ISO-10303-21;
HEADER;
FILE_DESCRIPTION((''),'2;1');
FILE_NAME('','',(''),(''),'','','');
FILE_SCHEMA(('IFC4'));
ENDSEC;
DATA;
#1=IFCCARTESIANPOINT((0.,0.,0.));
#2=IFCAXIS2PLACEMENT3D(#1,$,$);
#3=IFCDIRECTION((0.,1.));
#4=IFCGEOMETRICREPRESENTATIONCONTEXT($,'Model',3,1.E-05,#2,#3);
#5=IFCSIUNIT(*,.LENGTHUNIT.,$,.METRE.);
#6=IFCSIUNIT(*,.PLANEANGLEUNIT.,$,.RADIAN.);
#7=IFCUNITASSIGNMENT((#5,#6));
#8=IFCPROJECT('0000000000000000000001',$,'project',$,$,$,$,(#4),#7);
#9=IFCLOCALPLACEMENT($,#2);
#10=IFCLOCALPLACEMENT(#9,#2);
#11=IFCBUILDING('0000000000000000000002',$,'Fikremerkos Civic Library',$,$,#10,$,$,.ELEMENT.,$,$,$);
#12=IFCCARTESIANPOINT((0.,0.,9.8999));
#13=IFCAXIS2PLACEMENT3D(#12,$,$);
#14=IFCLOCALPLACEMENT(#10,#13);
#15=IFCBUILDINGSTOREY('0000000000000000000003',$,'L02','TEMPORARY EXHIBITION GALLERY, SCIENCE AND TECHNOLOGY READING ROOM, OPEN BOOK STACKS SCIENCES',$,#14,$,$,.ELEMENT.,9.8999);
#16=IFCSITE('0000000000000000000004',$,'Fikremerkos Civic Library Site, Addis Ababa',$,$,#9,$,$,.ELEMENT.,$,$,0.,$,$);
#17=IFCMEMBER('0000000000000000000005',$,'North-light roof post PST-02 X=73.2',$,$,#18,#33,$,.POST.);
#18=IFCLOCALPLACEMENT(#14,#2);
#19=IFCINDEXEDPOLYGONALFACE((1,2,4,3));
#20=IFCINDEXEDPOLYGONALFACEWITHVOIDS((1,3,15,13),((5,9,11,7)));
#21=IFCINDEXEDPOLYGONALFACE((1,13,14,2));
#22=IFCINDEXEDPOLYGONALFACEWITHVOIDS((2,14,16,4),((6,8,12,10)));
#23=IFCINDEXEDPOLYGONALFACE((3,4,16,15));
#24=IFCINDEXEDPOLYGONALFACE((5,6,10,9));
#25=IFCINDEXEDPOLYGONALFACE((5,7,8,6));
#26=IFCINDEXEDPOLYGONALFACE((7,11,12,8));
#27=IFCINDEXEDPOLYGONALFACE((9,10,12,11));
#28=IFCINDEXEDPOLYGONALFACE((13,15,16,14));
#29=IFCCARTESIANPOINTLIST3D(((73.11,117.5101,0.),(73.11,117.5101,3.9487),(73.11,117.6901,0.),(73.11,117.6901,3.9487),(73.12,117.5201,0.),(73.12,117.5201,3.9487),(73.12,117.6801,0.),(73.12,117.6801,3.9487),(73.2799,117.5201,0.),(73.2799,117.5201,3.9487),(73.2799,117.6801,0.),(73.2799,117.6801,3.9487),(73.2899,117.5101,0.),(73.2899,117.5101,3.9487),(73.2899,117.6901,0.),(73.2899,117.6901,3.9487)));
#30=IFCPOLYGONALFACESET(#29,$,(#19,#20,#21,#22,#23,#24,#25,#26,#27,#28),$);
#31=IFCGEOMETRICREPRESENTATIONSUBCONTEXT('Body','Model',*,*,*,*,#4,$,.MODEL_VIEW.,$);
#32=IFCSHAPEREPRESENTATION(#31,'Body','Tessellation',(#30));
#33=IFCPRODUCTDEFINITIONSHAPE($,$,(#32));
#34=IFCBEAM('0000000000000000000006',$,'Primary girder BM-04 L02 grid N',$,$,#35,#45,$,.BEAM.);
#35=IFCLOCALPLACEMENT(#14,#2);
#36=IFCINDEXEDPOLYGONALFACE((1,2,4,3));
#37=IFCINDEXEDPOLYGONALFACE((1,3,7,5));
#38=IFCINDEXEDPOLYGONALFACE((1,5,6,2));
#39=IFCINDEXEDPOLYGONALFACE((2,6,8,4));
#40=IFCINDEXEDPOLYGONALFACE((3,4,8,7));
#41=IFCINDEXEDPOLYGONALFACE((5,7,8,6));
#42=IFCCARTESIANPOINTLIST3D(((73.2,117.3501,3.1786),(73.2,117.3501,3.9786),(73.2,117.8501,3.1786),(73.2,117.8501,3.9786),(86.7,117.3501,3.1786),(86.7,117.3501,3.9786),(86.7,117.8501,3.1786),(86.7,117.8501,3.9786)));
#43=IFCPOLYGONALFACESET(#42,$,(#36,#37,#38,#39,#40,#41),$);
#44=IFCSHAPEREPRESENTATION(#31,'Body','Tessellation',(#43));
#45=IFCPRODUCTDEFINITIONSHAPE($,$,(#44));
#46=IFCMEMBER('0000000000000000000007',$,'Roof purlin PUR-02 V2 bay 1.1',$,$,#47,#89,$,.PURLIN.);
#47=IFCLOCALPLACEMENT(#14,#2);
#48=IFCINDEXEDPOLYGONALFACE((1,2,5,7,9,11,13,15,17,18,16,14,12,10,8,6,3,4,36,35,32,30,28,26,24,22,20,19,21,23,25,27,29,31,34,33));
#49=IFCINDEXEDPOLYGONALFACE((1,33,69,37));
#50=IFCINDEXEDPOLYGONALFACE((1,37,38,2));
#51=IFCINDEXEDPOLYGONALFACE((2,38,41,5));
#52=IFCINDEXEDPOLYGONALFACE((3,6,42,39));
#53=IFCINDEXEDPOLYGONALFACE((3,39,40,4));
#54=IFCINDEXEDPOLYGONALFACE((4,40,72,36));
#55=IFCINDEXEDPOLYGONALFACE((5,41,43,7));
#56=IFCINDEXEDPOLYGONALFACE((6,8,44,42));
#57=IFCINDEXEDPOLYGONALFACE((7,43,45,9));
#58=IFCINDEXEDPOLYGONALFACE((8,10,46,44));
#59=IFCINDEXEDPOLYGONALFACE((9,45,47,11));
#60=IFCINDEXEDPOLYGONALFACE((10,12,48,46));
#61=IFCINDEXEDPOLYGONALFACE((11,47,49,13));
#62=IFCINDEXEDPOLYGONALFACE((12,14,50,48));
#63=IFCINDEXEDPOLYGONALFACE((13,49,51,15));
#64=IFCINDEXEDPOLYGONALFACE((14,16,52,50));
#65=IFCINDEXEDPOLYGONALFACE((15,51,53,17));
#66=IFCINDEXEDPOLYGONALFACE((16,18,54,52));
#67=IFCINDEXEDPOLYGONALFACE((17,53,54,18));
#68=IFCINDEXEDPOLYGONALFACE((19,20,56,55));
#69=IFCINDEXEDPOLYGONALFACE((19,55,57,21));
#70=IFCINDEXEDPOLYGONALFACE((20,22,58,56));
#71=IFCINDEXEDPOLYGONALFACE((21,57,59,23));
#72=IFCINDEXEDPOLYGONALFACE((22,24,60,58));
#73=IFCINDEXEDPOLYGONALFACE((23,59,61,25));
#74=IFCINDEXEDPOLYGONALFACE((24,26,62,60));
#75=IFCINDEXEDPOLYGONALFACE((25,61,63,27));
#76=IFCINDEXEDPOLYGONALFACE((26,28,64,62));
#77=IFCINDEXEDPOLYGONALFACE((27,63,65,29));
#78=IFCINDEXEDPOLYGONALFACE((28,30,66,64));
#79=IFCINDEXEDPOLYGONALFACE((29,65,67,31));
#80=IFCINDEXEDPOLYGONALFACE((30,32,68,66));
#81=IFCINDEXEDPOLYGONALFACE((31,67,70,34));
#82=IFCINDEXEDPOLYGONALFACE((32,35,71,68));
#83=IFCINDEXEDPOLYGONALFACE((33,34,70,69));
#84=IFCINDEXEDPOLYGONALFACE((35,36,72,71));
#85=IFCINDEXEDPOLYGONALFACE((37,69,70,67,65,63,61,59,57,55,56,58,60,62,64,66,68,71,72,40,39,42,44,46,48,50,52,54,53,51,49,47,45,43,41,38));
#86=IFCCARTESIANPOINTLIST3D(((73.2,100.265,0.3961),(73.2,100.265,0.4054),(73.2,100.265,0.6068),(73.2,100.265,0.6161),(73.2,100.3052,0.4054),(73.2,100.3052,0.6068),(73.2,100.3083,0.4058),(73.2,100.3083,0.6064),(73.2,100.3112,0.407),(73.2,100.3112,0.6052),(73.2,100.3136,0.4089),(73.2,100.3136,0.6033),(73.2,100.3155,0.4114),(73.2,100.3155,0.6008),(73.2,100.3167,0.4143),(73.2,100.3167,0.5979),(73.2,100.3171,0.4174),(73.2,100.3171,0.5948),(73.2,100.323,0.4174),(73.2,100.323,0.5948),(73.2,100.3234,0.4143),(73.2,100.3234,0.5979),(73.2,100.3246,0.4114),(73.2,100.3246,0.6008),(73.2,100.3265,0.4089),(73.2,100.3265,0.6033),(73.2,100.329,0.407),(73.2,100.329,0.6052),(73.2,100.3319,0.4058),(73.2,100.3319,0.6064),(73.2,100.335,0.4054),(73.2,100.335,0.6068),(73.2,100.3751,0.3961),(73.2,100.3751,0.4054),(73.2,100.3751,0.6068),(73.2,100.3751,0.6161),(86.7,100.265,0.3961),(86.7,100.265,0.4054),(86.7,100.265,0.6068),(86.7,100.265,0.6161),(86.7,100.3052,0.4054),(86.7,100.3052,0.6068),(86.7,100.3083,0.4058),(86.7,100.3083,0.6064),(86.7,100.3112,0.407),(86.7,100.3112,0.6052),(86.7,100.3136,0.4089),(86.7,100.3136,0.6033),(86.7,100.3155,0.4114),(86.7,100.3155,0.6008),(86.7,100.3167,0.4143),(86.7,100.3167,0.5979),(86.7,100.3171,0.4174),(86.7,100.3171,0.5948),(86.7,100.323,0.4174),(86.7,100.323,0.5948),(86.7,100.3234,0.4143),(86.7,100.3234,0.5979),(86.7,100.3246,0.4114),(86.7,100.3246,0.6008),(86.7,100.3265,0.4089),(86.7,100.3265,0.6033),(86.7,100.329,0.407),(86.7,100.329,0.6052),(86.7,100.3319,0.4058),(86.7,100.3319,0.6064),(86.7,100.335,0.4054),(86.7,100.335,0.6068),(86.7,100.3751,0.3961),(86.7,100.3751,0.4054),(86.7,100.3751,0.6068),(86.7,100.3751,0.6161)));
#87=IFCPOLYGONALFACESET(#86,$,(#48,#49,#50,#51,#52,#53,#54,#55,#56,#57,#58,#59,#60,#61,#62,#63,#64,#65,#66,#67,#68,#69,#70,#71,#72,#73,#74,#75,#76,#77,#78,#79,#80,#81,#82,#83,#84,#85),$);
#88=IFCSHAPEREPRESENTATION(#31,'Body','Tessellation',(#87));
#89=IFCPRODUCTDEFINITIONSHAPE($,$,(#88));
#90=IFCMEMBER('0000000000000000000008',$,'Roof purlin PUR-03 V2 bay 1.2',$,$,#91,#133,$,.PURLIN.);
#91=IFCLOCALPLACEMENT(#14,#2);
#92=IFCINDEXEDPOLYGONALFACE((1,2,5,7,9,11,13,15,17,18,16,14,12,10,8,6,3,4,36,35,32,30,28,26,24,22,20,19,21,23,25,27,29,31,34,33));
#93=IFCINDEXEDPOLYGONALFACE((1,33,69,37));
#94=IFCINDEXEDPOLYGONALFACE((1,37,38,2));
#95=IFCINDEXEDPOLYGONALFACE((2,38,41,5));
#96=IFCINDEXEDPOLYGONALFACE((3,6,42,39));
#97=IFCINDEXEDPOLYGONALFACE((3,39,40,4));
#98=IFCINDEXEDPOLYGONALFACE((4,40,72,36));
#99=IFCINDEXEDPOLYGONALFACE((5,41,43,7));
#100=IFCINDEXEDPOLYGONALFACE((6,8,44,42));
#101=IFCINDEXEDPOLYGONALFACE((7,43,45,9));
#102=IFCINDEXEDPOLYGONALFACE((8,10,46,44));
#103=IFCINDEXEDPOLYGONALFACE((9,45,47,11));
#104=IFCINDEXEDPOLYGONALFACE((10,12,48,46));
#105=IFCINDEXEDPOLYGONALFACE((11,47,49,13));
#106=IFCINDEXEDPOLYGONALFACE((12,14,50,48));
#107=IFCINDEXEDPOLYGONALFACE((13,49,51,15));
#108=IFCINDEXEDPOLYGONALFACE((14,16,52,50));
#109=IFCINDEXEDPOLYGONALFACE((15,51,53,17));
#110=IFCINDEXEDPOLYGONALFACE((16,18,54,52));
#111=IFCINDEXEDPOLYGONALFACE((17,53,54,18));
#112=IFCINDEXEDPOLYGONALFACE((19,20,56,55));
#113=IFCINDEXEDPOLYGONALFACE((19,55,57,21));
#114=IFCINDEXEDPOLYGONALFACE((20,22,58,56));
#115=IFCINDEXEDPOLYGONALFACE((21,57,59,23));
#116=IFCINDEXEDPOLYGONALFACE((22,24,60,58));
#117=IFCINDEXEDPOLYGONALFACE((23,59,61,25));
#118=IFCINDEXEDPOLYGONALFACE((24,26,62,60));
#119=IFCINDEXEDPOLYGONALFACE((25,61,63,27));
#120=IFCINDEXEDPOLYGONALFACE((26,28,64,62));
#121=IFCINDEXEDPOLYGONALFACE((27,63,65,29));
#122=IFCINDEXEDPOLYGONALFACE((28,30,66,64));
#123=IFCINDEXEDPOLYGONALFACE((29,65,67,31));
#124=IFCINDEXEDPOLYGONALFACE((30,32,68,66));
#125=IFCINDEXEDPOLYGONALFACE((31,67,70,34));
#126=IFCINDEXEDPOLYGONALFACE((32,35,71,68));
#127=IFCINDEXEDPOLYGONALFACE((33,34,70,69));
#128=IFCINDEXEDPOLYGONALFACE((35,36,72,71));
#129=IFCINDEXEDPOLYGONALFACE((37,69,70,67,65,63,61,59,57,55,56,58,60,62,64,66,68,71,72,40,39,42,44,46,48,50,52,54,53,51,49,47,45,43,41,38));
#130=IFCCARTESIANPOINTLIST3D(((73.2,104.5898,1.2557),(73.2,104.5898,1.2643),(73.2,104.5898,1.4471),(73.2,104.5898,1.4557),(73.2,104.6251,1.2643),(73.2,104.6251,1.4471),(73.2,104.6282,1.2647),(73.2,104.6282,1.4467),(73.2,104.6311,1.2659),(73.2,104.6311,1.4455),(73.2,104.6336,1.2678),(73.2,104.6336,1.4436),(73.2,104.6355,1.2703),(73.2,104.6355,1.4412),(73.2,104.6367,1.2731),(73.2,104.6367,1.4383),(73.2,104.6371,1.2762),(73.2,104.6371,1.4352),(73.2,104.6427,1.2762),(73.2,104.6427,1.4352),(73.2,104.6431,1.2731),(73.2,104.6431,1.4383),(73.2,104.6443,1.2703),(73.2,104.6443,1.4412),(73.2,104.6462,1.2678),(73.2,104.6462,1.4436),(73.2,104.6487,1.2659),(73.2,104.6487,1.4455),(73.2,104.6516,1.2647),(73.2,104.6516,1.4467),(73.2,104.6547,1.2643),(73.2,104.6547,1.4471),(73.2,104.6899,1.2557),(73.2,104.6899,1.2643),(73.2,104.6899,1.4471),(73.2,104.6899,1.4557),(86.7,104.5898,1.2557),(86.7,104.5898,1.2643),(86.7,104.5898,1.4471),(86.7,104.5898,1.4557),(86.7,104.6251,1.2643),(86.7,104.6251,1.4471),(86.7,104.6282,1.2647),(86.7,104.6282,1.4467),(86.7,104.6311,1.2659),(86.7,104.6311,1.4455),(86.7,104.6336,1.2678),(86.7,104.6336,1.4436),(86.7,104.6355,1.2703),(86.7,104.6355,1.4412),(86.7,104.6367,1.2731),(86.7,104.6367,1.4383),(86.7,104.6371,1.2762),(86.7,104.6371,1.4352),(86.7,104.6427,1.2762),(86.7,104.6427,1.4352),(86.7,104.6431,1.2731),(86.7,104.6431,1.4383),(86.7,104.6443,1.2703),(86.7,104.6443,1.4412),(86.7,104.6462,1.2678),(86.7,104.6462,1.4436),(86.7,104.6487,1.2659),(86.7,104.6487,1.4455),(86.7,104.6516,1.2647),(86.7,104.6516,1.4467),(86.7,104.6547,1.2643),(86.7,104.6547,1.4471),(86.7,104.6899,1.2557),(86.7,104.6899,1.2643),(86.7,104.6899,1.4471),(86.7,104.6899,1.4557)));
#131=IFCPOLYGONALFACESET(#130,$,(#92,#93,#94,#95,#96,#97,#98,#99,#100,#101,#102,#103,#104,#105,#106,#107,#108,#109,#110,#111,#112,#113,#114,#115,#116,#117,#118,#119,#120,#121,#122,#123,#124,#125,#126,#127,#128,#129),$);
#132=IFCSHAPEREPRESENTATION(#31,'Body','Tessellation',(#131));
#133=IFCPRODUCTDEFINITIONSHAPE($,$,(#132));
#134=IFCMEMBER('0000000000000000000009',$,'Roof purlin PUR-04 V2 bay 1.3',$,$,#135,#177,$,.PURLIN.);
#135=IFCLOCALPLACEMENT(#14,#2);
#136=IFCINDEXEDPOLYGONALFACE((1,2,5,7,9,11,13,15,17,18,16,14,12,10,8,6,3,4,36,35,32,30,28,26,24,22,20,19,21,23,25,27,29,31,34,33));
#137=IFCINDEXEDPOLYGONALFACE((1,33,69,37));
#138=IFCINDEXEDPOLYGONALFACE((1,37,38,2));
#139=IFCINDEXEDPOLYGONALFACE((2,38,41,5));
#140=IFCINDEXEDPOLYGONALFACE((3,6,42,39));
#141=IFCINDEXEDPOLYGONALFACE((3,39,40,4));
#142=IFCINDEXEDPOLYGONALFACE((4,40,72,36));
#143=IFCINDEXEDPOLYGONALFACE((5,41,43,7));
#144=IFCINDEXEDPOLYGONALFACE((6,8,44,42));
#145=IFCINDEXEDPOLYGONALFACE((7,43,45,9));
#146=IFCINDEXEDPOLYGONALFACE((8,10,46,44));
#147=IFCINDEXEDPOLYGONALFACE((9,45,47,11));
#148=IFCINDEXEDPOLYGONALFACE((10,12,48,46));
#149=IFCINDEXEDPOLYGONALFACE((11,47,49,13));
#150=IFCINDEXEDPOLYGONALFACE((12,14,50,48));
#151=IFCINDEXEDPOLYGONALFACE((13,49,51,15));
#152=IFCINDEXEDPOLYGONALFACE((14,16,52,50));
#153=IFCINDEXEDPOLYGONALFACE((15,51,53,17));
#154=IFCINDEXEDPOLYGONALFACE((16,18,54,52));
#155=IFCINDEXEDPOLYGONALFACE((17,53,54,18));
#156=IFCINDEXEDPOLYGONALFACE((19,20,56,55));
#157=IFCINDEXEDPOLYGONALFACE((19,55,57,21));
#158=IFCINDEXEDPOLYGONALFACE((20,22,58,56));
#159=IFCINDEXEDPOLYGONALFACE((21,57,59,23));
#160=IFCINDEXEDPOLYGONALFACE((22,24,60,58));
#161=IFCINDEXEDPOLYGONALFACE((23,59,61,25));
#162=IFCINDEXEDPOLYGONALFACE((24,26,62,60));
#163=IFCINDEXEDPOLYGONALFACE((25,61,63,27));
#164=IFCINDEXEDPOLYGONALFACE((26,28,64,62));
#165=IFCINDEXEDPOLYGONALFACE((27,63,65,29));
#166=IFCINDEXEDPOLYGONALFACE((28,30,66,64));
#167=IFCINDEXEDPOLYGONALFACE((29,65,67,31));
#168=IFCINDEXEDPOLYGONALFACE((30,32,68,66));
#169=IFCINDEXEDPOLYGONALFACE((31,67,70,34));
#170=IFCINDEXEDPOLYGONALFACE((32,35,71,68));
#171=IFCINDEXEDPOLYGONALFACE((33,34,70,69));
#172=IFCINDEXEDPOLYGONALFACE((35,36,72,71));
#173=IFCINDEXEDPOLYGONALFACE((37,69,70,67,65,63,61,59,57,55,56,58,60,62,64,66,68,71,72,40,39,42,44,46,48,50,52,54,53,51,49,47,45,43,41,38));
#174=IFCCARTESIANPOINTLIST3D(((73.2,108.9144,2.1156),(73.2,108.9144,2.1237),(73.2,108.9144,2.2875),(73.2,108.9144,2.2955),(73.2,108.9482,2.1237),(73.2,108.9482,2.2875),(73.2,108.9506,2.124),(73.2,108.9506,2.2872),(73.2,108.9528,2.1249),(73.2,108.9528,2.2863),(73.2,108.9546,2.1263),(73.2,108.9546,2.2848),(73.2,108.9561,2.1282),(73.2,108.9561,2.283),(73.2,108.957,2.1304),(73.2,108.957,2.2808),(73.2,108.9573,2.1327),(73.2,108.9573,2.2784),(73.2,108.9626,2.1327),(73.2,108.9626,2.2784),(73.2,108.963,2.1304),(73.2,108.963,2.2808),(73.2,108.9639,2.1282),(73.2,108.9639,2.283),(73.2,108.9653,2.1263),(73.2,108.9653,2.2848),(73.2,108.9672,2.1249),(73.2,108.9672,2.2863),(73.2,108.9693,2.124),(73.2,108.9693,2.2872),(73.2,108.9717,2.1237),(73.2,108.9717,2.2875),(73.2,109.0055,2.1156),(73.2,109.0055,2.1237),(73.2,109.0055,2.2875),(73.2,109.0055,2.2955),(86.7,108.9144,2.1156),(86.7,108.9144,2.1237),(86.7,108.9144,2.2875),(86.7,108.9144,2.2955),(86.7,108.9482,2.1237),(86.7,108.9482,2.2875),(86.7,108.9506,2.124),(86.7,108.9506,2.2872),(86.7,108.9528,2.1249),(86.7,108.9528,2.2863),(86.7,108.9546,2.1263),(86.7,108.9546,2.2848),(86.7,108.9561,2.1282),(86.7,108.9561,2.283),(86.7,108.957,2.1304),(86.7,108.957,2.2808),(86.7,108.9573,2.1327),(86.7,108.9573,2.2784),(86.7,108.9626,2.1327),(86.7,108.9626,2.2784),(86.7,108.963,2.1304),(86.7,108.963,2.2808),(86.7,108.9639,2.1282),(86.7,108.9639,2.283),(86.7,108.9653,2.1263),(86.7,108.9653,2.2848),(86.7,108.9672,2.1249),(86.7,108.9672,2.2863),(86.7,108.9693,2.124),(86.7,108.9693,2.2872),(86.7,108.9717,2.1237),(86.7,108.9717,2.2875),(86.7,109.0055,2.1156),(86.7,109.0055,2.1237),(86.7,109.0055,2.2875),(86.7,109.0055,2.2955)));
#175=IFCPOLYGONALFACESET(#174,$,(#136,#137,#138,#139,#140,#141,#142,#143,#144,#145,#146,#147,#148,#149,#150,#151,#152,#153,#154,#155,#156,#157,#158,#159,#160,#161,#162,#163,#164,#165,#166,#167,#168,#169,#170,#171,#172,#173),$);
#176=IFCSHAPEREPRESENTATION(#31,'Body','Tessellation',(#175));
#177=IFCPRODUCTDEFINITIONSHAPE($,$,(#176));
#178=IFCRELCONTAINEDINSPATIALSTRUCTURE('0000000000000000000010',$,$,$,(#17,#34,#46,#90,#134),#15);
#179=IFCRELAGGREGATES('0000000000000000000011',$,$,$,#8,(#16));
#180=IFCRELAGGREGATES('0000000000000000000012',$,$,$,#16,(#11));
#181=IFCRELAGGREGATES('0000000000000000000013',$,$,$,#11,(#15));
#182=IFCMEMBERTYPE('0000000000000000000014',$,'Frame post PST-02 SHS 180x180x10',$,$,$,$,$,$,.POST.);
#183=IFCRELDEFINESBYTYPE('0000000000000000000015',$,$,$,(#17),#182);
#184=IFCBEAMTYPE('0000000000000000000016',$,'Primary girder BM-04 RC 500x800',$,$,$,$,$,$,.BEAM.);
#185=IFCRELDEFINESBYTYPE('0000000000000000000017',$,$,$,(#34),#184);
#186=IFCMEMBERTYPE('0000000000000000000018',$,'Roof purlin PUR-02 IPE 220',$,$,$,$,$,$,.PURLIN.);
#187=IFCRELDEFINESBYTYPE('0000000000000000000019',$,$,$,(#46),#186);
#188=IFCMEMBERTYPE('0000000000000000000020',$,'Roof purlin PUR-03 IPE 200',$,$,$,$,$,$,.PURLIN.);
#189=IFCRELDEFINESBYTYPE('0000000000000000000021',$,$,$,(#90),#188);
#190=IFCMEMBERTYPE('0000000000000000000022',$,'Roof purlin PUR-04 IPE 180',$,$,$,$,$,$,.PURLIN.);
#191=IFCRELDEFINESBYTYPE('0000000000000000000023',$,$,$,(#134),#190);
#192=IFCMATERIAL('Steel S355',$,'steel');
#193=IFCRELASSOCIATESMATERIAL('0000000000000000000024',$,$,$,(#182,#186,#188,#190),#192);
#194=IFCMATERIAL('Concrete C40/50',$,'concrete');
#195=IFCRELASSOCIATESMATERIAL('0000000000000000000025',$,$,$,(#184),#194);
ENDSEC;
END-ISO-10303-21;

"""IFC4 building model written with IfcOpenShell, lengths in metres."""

from ifc_helpers import new_model, si_unit, direction, frame, origin, origin_2d, place, context, subcontext, project, spatial, rectangle, hollow_rectangle, i_section, extrude, material, material_profile, profile_set, type_object, element, save


model = new_model("IFC4")

# Units and contexts
model_context = context("Model", 3, precision=1e-05, world=origin(), true_north=direction((0.0, 1.0)))
body_context = subcontext(model_context, "Body", "Model", "MODEL_VIEW")
ifc_project = project(units=[si_unit("LENGTHUNIT", "METRE"), si_unit("PLANEANGLEUNIT", "RADIAN")], contexts=[model_context])

# Site, building, storey
site_placement = place(None, origin())
site = spatial("IfcSite", under=ifc_project, at=site_placement, Name="Fikremerkos Civic Library Site, Addis Ababa", CompositionType="ELEMENT", RefElevation=0.0)
building_placement = place(site_placement, origin())
building = spatial("IfcBuilding", under=site, at=building_placement, Name="Fikremerkos Civic Library", CompositionType="ELEMENT")
storey_placement = place(building_placement, frame((0.0, 0.0, 9.8999)))
storey = spatial("IfcBuildingStorey", under=building, at=storey_placement, Name="L02", Description="TEMPORARY EXHIBITION GALLERY, SCIENCE AND TECHNOLOGY READING ROOM, OPEN BOOK STACKS SCIENCES", CompositionType="ELEMENT", Elevation=9.8999)

# Member
ifc_material_1 = material(Name="Steel S355", Category="steel")
ifc_material_profile_1 = material_profile(ifc_material_1, hollow_rectangle(XDim=0.1799, YDim=0.1799, WallThickness=0.01, at=origin_2d()), Name="SHS 180x180x10")
ifc_profile_set_1 = profile_set([ifc_material_profile_1], Name="Steel S355")
member_type_1 = type_object("IfcMemberType", Name="Frame post PST-02 SHS 180x180x10", PredefinedType="POST", material=ifc_profile_set_1)
member_1_placement = place(storey_placement, frame((73.2, 117.6001, 0.0), z_axis=(0.0, 0.0, 1.0), x_axis=(1.0, 0.0, 0.0)))
element("IfcMember", 1, at=member_1_placement, inside=storey, type_object=member_type_1, Name="North-light roof post PST-02 X=73.2", PredefinedType="POST", context=body_context, shape_type="SweptSolid", body=[
    extrude(hollow_rectangle(XDim=0.1799, YDim=0.1799, WallThickness=0.01, at=origin_2d()), origin(), (0.0, 0.0, 1.0), 3.9487),
])

# Beam
ifc_material_2 = material(Name="Concrete C40/50", Category="concrete")
ifc_material_profile_2 = material_profile(ifc_material_2, rectangle(XDim=0.5, YDim=0.8, at=origin_2d()), Name="RC 500x800")
ifc_profile_set_2 = profile_set([ifc_material_profile_2], Name="Concrete C40/50")
beam_type = type_object("IfcBeamType", Name="Primary girder BM-04 RC 500x800", PredefinedType="BEAM", material=ifc_profile_set_2)
beam_placement = place(storey_placement, frame((73.2, 117.6001, 3.5786), z_axis=(1.0, 0.0, 0.0), x_axis=(0.0, 1.0, 0.0)))
element("IfcBeam", 2, at=beam_placement, inside=storey, type_object=beam_type, Name="Primary girder BM-04 L02 grid N", PredefinedType="BEAM", context=body_context, shape_type="SweptSolid", body=[
    extrude(rectangle(XDim=0.5, YDim=0.8, at=origin_2d()), origin(), (0.0, 0.0, 1.0), 13.5),
])

# Members
ifc_material_profile_3 = material_profile(ifc_material_1, i_section(OverallWidth=0.1101, OverallDepth=0.22, WebThickness=0.0059, FlangeThickness=0.0093, FilletRadius=0.012, at=origin_2d()), Name="IPE 220")
ifc_profile_set_3 = profile_set([ifc_material_profile_3], Name="Steel S355")
member_type_2 = type_object("IfcMemberType", Name="Roof purlin PUR-02 IPE 220", PredefinedType="PURLIN", material=ifc_profile_set_3)
member_2_placement = place(storey_placement, frame((73.2, 100.3201, 0.5061), z_axis=(1.0, 0.0, 0.0), x_axis=(0.0, 1.0, 0.0)))
element("IfcMember", 3, at=member_2_placement, inside=storey, type_object=member_type_2, Name="Roof purlin PUR-02 V2 bay 1.1", PredefinedType="PURLIN", context=body_context, shape_type="SweptSolid", body=[
    extrude(i_section(OverallWidth=0.1101, OverallDepth=0.22, WebThickness=0.0059, FlangeThickness=0.0093, FilletRadius=0.012, at=origin_2d()), origin(), (0.0, 0.0, 1.0), 13.5),
])
ifc_material_profile_4 = material_profile(ifc_material_1, i_section(OverallWidth=0.1001, OverallDepth=0.2, WebThickness=0.0056, FlangeThickness=0.0085, FilletRadius=0.012, at=origin_2d()), Name="IPE 200")
ifc_profile_set_4 = profile_set([ifc_material_profile_4], Name="Steel S355")
member_type_3 = type_object("IfcMemberType", Name="Roof purlin PUR-03 IPE 200", PredefinedType="PURLIN", material=ifc_profile_set_4)
member_3_placement = place(storey_placement, frame((73.2, 104.6399, 1.3557), z_axis=(1.0, 0.0, 0.0), x_axis=(0.0, 1.0, 0.0)))
element("IfcMember", 4, at=member_3_placement, inside=storey, type_object=member_type_3, Name="Roof purlin PUR-03 V2 bay 1.2", PredefinedType="PURLIN", context=body_context, shape_type="SweptSolid", body=[
    extrude(i_section(OverallWidth=0.1001, OverallDepth=0.2, WebThickness=0.0056, FlangeThickness=0.0085, FilletRadius=0.012, at=origin_2d()), origin(), (0.0, 0.0, 1.0), 13.5),
])
ifc_material_profile_5 = material_profile(ifc_material_1, i_section(OverallWidth=0.0911, OverallDepth=0.1799, WebThickness=0.0054, FlangeThickness=0.0081, FilletRadius=0.009, at=origin_2d()), Name="IPE 180")
ifc_profile_set_5 = profile_set([ifc_material_profile_5], Name="Steel S355")
member_type_4 = type_object("IfcMemberType", Name="Roof purlin PUR-04 IPE 180", PredefinedType="PURLIN", material=ifc_profile_set_5)
member_4_placement = place(storey_placement, frame((73.2, 108.96, 2.2056), z_axis=(1.0, 0.0, 0.0), x_axis=(0.0, 1.0, 0.0)))
element("IfcMember", 5, at=member_4_placement, inside=storey, type_object=member_type_4, Name="Roof purlin PUR-04 V2 bay 1.3", PredefinedType="PURLIN", context=body_context, shape_type="SweptSolid", body=[
    extrude(i_section(OverallWidth=0.0911, OverallDepth=0.1799, WebThickness=0.0054, FlangeThickness=0.0081, FilletRadius=0.009, at=origin_2d()), origin(), (0.0, 0.0, 1.0), 13.5),
])

save(model, "model.ifc")
